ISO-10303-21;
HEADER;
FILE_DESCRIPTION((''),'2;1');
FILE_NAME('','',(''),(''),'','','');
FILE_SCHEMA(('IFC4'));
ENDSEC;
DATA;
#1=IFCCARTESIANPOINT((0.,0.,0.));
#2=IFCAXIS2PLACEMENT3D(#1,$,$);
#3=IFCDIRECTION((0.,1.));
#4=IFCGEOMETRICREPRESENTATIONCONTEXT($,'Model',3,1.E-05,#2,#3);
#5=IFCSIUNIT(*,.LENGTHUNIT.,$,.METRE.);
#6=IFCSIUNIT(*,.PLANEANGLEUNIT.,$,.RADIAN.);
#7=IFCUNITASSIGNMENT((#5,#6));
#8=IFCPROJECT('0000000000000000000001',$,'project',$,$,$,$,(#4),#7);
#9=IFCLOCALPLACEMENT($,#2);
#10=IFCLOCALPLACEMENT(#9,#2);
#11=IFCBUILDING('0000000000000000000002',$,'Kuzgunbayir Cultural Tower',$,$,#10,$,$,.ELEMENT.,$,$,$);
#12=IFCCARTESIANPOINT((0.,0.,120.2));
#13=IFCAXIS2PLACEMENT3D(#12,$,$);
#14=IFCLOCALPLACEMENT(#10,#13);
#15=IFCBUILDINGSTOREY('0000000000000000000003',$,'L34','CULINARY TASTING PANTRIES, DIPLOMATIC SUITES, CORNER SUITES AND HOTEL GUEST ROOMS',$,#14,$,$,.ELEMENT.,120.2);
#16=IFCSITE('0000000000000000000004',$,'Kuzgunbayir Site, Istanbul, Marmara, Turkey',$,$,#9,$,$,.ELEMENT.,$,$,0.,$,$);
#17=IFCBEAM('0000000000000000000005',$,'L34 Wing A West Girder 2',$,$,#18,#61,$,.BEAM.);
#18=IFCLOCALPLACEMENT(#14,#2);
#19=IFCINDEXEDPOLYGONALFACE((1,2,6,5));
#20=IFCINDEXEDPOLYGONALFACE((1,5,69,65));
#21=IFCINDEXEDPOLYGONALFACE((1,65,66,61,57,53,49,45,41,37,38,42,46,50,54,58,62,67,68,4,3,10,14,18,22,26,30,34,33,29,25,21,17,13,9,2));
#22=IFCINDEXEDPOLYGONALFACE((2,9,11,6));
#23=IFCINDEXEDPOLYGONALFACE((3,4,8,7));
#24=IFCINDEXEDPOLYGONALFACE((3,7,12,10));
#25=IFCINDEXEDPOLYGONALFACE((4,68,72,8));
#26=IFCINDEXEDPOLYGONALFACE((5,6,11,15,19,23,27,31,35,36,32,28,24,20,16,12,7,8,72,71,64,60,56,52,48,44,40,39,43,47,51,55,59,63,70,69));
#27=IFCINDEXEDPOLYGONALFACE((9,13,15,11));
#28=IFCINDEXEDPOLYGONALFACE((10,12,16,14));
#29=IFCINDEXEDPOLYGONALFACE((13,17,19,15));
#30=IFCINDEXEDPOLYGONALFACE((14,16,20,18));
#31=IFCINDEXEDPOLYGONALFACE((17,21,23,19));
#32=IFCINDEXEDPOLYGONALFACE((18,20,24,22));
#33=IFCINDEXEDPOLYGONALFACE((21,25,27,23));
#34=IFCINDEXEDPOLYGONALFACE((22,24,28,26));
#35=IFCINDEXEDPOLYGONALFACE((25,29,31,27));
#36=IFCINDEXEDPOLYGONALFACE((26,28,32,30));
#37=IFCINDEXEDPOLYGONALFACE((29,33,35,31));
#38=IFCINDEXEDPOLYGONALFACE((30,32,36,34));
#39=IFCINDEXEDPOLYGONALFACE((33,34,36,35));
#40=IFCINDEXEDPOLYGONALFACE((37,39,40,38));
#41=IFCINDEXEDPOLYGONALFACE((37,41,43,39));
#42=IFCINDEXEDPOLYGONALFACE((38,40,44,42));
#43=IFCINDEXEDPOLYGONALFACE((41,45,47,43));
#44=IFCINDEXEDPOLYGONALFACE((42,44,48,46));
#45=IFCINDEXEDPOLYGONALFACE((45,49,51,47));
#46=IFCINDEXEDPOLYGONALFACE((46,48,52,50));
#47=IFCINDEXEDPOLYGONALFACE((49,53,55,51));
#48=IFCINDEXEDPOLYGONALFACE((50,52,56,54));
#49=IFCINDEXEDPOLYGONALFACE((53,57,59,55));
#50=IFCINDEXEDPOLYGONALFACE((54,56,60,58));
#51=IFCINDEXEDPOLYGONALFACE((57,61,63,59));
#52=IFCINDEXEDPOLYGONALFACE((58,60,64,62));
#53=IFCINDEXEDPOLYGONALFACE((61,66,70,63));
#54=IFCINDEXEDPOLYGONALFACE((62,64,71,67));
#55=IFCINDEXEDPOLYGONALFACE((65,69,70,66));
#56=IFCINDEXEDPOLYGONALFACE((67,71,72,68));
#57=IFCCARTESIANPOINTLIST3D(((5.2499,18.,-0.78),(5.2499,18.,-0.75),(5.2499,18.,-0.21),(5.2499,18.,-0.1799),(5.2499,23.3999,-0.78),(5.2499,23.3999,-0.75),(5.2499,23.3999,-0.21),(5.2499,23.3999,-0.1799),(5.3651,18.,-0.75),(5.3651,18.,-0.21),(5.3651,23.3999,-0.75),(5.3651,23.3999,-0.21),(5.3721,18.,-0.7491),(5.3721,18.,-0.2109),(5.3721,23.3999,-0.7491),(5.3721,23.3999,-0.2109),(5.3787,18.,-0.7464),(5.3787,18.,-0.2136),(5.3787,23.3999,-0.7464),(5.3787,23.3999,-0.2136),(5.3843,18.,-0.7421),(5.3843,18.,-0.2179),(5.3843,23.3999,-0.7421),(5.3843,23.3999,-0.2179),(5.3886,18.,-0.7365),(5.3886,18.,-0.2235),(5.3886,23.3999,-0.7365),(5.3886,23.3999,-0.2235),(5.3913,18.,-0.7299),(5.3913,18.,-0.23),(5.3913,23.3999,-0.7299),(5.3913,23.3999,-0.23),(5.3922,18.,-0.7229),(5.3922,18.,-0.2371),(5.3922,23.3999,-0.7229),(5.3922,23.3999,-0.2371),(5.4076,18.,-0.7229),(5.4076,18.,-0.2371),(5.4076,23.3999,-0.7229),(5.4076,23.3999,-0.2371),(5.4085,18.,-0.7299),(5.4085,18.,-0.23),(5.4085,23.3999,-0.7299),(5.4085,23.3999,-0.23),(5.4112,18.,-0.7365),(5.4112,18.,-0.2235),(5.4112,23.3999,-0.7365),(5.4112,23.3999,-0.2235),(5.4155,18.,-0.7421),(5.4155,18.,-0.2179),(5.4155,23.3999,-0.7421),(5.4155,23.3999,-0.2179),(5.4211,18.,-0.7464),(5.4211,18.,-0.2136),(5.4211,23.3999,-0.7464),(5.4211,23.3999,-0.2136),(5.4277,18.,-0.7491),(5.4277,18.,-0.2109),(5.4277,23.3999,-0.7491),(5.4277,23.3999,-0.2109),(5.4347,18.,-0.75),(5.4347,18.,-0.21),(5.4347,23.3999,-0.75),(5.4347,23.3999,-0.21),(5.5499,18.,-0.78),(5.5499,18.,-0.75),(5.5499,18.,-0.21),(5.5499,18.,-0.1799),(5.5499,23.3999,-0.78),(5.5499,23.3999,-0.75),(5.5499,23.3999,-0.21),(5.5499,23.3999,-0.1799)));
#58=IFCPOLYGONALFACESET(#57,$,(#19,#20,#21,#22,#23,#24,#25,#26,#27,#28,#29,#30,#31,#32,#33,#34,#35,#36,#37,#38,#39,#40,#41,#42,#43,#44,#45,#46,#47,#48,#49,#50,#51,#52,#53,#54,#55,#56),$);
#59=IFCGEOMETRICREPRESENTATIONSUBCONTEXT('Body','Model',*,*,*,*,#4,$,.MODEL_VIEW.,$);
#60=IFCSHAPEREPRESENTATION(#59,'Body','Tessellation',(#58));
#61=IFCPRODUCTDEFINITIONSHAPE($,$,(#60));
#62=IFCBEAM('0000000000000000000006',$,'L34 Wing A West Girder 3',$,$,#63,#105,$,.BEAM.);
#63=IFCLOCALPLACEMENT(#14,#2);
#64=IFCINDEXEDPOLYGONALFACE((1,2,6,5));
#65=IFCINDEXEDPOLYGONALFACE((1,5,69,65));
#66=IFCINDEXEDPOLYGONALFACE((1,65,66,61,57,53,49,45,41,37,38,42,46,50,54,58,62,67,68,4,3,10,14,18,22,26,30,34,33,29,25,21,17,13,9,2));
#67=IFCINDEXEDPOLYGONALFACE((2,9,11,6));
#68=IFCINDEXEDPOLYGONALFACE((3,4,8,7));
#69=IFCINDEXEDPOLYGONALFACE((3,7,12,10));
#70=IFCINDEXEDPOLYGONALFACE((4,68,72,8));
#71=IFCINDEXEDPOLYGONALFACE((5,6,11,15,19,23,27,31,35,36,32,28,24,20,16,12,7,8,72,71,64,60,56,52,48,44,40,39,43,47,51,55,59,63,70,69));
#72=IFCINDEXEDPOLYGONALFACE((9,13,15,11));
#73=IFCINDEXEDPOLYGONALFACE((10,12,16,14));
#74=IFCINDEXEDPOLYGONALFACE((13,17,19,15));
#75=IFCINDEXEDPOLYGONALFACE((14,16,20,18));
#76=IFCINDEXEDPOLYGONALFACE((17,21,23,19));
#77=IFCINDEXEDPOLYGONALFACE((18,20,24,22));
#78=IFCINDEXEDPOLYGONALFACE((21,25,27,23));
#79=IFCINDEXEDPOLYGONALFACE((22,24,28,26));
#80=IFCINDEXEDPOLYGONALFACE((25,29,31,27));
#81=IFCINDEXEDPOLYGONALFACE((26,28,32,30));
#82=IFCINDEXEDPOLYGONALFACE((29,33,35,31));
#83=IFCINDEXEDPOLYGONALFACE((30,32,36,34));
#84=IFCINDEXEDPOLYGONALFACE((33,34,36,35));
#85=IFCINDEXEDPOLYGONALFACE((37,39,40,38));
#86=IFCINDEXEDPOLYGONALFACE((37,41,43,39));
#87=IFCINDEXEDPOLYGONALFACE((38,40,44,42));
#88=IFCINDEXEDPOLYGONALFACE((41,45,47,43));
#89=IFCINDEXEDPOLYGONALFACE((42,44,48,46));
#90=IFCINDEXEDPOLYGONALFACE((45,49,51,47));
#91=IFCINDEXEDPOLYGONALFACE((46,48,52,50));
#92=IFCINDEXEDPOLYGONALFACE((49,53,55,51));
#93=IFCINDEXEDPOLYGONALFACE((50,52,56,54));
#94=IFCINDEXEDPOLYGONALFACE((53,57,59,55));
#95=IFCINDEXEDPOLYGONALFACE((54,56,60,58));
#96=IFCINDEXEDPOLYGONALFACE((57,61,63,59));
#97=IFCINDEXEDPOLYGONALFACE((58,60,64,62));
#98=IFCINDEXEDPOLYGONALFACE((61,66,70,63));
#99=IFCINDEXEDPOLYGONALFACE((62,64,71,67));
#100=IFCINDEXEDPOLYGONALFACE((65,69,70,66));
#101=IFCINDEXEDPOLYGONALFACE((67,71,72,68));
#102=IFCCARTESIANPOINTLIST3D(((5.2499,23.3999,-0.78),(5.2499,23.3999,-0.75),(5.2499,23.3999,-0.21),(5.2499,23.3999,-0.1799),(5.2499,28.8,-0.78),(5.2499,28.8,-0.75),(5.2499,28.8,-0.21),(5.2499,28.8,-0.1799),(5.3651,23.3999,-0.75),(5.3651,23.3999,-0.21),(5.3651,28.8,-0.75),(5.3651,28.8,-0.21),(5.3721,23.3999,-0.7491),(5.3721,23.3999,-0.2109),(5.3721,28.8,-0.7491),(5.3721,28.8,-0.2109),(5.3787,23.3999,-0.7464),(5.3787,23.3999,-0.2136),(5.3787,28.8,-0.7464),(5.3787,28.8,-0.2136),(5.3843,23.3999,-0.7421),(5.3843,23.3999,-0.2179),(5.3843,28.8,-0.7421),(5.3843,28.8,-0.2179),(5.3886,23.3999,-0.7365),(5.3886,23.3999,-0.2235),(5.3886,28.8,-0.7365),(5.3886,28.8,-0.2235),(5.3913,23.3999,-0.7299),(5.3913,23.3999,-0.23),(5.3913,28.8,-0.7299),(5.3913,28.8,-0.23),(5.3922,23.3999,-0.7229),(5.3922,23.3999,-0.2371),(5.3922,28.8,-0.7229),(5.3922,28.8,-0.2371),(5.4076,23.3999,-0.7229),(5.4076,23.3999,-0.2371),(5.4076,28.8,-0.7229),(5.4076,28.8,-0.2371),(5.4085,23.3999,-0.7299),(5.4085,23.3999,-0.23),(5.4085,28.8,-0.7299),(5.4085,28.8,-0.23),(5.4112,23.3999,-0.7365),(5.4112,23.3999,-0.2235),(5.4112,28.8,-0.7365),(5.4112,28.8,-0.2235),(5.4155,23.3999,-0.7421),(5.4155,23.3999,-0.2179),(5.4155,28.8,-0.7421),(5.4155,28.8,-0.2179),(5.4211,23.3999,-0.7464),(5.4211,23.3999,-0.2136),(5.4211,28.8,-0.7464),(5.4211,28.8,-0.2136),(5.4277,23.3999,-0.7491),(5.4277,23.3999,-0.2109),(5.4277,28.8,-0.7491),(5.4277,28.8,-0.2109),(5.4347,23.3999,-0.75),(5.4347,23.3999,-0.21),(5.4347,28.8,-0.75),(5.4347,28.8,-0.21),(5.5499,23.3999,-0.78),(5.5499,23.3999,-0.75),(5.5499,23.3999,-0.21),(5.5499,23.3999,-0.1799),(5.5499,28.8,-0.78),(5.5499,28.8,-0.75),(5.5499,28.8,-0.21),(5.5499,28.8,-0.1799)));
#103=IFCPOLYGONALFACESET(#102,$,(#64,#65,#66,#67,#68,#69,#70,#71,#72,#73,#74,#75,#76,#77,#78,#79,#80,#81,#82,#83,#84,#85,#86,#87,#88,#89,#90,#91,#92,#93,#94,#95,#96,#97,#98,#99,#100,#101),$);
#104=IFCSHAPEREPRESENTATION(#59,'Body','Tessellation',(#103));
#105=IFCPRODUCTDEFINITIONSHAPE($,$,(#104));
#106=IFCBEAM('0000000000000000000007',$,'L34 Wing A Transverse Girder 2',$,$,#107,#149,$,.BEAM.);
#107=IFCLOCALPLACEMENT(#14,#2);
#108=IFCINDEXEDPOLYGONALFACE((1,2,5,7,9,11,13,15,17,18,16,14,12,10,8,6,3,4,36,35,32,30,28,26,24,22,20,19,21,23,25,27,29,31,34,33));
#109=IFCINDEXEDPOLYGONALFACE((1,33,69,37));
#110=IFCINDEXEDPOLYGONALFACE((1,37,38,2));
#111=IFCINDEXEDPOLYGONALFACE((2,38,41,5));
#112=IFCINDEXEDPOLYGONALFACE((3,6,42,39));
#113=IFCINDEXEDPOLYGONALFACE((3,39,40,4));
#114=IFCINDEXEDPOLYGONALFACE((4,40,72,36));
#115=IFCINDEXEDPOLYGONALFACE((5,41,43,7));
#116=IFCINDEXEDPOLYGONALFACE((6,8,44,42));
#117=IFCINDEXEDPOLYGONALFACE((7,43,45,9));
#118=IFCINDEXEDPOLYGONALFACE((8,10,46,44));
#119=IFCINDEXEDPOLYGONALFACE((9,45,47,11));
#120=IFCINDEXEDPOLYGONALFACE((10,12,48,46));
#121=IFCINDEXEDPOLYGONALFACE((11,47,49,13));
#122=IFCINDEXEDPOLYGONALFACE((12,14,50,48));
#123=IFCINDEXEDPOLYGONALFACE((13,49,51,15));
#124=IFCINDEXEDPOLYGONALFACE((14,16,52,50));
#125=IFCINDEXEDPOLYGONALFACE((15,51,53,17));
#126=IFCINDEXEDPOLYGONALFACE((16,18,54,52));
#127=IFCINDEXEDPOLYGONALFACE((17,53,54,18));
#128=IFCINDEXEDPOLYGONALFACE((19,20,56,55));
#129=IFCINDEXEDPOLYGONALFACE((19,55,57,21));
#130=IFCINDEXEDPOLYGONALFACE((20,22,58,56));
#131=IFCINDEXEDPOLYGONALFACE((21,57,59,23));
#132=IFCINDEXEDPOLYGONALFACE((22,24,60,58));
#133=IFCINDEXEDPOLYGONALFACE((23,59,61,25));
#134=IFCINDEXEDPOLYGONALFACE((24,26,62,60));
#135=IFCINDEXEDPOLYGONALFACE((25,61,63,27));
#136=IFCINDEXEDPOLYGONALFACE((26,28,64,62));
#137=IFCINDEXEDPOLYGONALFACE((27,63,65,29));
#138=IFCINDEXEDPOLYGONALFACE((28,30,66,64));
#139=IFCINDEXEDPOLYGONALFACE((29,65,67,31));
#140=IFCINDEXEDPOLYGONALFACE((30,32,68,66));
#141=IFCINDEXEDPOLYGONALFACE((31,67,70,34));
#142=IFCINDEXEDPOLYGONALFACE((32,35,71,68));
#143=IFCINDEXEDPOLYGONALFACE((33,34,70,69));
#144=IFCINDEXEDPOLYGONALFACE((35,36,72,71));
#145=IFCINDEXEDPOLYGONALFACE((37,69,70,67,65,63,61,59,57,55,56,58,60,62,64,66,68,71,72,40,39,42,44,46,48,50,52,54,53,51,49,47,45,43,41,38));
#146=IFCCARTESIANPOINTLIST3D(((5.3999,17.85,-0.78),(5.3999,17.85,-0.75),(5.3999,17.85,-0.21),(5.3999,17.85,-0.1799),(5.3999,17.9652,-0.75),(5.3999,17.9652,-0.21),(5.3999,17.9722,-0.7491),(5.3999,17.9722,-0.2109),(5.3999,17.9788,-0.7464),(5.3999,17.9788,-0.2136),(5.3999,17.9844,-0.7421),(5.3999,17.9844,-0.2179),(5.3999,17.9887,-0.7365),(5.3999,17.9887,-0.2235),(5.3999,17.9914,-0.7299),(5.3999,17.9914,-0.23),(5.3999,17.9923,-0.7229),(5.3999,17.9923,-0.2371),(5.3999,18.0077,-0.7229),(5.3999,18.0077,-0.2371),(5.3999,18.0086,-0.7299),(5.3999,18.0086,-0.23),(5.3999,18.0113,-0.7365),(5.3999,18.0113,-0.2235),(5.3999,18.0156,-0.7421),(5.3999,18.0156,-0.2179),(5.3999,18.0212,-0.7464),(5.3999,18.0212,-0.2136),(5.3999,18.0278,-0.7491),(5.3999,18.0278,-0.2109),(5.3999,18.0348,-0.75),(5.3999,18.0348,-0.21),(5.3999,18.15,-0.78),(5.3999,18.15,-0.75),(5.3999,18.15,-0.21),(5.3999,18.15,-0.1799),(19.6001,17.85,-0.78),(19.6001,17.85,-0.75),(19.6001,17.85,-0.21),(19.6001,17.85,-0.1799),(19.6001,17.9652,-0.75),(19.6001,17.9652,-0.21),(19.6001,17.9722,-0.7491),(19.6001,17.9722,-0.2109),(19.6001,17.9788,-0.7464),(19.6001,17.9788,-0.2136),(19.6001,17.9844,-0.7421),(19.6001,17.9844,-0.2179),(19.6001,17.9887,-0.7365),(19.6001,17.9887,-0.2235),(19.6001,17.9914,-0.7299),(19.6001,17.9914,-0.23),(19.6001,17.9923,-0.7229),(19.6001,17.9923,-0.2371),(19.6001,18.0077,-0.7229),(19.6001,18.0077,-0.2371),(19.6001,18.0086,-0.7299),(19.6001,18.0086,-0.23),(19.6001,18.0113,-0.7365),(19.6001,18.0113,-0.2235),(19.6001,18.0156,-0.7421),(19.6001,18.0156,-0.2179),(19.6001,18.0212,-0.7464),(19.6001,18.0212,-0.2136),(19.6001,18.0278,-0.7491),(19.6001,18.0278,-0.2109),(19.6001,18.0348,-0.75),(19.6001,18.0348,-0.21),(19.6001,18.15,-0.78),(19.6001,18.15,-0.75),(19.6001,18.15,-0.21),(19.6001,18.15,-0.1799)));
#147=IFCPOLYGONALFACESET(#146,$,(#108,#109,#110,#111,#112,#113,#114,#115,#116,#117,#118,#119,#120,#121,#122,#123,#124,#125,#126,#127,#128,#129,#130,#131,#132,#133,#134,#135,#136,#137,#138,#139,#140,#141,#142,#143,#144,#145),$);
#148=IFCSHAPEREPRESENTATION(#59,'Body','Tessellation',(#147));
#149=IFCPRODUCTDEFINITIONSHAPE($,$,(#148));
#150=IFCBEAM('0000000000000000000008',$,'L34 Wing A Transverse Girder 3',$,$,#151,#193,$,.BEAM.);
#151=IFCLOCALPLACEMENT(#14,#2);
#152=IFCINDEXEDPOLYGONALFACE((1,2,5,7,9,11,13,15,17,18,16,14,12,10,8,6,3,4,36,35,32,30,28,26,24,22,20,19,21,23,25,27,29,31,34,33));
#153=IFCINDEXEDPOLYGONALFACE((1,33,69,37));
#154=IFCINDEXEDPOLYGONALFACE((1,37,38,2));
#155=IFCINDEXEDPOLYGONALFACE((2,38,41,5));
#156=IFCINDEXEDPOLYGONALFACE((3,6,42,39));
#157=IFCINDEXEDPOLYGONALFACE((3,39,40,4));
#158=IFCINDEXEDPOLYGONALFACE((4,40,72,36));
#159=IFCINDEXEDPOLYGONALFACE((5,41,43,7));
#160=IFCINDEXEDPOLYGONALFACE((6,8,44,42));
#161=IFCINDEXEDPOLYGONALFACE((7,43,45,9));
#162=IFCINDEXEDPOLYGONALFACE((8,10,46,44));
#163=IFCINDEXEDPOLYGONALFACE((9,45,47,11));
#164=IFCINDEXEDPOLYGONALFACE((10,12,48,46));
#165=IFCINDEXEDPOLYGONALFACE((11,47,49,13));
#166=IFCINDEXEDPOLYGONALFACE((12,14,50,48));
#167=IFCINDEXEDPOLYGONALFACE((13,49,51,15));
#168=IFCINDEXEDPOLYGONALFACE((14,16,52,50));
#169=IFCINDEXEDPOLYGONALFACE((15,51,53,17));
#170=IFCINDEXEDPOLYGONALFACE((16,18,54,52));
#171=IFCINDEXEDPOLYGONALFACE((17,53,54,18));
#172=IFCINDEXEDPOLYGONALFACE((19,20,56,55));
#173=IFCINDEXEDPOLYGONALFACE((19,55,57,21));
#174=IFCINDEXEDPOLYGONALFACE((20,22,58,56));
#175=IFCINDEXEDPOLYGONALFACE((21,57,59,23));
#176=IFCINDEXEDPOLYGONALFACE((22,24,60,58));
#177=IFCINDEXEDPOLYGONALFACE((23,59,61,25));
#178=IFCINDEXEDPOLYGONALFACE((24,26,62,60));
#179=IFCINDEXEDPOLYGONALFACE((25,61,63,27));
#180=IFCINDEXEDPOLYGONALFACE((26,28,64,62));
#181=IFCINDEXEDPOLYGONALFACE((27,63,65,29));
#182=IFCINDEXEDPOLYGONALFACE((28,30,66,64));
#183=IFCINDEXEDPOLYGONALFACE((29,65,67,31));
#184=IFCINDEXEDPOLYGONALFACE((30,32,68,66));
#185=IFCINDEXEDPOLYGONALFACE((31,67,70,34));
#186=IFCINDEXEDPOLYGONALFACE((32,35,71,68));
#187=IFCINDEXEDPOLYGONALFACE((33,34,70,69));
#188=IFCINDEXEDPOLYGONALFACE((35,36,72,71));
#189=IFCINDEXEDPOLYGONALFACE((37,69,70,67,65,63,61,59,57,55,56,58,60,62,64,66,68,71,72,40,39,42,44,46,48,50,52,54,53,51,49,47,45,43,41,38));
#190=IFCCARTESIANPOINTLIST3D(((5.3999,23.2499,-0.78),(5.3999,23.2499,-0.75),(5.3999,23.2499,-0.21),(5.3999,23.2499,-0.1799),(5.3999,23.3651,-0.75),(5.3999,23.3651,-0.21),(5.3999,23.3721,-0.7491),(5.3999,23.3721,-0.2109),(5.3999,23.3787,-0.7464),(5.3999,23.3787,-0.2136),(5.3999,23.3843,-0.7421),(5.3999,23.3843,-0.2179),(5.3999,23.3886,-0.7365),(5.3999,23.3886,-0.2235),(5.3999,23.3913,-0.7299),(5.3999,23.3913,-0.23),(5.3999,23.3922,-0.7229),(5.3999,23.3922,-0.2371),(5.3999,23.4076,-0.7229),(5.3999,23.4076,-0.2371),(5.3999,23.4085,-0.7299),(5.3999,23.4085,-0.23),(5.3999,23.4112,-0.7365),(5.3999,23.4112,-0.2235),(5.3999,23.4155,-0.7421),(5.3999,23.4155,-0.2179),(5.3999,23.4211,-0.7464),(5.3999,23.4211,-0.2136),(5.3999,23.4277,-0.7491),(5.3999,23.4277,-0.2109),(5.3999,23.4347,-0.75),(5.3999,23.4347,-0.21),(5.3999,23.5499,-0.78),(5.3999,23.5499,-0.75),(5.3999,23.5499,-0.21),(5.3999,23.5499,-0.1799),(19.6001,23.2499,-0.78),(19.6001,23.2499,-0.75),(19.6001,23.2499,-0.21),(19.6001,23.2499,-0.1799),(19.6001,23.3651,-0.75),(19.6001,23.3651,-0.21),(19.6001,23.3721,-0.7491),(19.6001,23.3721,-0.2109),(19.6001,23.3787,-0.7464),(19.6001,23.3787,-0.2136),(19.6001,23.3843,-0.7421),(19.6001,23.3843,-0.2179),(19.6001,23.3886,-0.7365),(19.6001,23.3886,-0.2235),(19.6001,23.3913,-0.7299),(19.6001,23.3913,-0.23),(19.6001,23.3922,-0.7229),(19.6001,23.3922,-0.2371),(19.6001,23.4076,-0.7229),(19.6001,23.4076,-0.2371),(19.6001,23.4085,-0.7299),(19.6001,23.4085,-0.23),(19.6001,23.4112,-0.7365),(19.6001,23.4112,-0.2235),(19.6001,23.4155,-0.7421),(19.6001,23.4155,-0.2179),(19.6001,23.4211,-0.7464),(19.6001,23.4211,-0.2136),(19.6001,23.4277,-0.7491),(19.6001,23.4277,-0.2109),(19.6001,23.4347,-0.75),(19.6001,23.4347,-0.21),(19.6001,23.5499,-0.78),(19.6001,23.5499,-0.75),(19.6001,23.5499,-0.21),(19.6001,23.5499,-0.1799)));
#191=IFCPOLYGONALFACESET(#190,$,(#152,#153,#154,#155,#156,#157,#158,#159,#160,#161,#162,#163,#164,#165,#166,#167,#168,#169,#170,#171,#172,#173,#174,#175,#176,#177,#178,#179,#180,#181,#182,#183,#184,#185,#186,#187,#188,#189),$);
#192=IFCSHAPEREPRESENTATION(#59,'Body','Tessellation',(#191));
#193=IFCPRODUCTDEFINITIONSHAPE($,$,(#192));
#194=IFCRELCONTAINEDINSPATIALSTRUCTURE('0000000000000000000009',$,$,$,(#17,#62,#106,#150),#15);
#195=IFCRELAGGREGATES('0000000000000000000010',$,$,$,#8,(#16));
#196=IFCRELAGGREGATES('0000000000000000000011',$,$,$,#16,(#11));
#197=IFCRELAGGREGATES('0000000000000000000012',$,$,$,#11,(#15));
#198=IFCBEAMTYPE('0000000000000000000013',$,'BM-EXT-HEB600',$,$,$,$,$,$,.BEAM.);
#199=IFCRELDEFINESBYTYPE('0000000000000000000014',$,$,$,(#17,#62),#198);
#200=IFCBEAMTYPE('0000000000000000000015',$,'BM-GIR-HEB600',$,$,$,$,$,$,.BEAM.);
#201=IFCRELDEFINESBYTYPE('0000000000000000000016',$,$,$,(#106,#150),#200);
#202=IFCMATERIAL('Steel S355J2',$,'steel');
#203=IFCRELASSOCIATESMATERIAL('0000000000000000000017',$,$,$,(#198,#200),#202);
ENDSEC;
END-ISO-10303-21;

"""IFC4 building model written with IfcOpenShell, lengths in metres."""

from ifc_helpers import new_model, si_unit, direction, frame, origin, origin_2d, place, context, subcontext, project, spatial, i_section, extrude, material, material_profile, profile_set, type_object, element, save


model = new_model("IFC4")

# Units and contexts
model_context = context("Model", 3, precision=1e-05, world=origin(), true_north=direction((0.0, 1.0)))
body_context = subcontext(model_context, "Body", "Model", "MODEL_VIEW")
ifc_project = project(units=[si_unit("LENGTHUNIT", "METRE"), si_unit("PLANEANGLEUNIT", "RADIAN")], contexts=[model_context])

# Site, building, storey
site_placement = place(None, origin())
site = spatial("IfcSite", under=ifc_project, at=site_placement, Name="Kuzgunbayir Site, Istanbul, Marmara, Turkey", CompositionType="ELEMENT", RefElevation=0.0)
building_placement = place(site_placement, origin())
building = spatial("IfcBuilding", under=site, at=building_placement, Name="Kuzgunbayir Cultural Tower", CompositionType="ELEMENT")
storey_placement = place(building_placement, frame((0.0, 0.0, 120.2)))
storey = spatial("IfcBuildingStorey", under=building, at=storey_placement, Name="L34", Description="CULINARY TASTING PANTRIES, DIPLOMATIC SUITES, CORNER SUITES AND HOTEL GUEST ROOMS", CompositionType="ELEMENT", Elevation=120.2)

# Beams
ifc_material_1 = material(Name="Steel S355J2", Category="steel")
ifc_material_profile_1 = material_profile(ifc_material_1, i_section(OverallWidth=0.3, OverallDepth=0.6001, WebThickness=0.0154, FlangeThickness=0.03, FilletRadius=0.0271, at=origin_2d()), Name="HEB 600")
ifc_profile_set_1 = profile_set([ifc_material_profile_1], Name="Steel S355J2")
beam_type_1 = type_object("IfcBeamType", Name="BM-EXT-HEB600", PredefinedType="BEAM", material=ifc_profile_set_1)
beam_1_placement = place(storey_placement, frame((5.3999, 18.0, -0.48), z_axis=(0.0, 1.0, 0.0), x_axis=(-1.0, 0.0, 0.0)))
element("IfcBeam", 1, at=beam_1_placement, inside=storey, type_object=beam_type_1, Name="L34 Wing A West Girder 2", PredefinedType="BEAM", context=body_context, shape_type="SweptSolid", body=[
    extrude(i_section(OverallWidth=0.3, OverallDepth=0.6001, WebThickness=0.0154, FlangeThickness=0.03, FilletRadius=0.0271, at=origin_2d()), origin(), (0.0, 0.0, 1.0), 5.3999),
])
beam_2_placement = place(storey_placement, frame((5.3999, 23.3999, -0.48), z_axis=(0.0, 1.0, 0.0), x_axis=(-1.0, 0.0, 0.0)))
element("IfcBeam", 2, at=beam_2_placement, inside=storey, type_object=beam_type_1, Name="L34 Wing A West Girder 3", PredefinedType="BEAM", context=body_context, shape_type="SweptSolid", body=[
    extrude(i_section(OverallWidth=0.3, OverallDepth=0.6001, WebThickness=0.0154, FlangeThickness=0.03, FilletRadius=0.0271, at=origin_2d()), origin(), (0.0, 0.0, 1.0), 5.4001),
])
ifc_material_profile_2 = material_profile(ifc_material_1, i_section(OverallWidth=0.3, OverallDepth=0.6001, WebThickness=0.0154, FlangeThickness=0.03, FilletRadius=0.0271, at=origin_2d()), Name="HEB 600")
ifc_profile_set_2 = profile_set([ifc_material_profile_2], Name="Steel S355J2")
beam_type_2 = type_object("IfcBeamType", Name="BM-GIR-HEB600", PredefinedType="BEAM", material=ifc_profile_set_2)
for number, where, z_axis, x_axis, name in (
    (3, (5.3999, 18.0, -0.48), (1.0, 0.0, 0.0), (0.0, 1.0, 0.0), "L34 Wing A Transverse Girder 2"),
    (4, (5.3999, 23.3999, -0.48), (1.0, 0.0, 0.0), (0.0, 1.0, 0.0), "L34 Wing A Transverse Girder 3"),
):
    element("IfcBeam", number, at=place(storey_placement, frame(where, z_axis=z_axis, x_axis=x_axis)), inside=storey, type_object=beam_type_2, Name=name, PredefinedType="BEAM", context=body_context, shape_type="SweptSolid", body=[
        extrude(i_section(OverallWidth=0.3, OverallDepth=0.6001, WebThickness=0.0154, FlangeThickness=0.03, FilletRadius=0.0271, at=origin_2d()), origin(), (0.0, 0.0, 1.0), 14.2002),
    ])

save(model, "model.ifc")
